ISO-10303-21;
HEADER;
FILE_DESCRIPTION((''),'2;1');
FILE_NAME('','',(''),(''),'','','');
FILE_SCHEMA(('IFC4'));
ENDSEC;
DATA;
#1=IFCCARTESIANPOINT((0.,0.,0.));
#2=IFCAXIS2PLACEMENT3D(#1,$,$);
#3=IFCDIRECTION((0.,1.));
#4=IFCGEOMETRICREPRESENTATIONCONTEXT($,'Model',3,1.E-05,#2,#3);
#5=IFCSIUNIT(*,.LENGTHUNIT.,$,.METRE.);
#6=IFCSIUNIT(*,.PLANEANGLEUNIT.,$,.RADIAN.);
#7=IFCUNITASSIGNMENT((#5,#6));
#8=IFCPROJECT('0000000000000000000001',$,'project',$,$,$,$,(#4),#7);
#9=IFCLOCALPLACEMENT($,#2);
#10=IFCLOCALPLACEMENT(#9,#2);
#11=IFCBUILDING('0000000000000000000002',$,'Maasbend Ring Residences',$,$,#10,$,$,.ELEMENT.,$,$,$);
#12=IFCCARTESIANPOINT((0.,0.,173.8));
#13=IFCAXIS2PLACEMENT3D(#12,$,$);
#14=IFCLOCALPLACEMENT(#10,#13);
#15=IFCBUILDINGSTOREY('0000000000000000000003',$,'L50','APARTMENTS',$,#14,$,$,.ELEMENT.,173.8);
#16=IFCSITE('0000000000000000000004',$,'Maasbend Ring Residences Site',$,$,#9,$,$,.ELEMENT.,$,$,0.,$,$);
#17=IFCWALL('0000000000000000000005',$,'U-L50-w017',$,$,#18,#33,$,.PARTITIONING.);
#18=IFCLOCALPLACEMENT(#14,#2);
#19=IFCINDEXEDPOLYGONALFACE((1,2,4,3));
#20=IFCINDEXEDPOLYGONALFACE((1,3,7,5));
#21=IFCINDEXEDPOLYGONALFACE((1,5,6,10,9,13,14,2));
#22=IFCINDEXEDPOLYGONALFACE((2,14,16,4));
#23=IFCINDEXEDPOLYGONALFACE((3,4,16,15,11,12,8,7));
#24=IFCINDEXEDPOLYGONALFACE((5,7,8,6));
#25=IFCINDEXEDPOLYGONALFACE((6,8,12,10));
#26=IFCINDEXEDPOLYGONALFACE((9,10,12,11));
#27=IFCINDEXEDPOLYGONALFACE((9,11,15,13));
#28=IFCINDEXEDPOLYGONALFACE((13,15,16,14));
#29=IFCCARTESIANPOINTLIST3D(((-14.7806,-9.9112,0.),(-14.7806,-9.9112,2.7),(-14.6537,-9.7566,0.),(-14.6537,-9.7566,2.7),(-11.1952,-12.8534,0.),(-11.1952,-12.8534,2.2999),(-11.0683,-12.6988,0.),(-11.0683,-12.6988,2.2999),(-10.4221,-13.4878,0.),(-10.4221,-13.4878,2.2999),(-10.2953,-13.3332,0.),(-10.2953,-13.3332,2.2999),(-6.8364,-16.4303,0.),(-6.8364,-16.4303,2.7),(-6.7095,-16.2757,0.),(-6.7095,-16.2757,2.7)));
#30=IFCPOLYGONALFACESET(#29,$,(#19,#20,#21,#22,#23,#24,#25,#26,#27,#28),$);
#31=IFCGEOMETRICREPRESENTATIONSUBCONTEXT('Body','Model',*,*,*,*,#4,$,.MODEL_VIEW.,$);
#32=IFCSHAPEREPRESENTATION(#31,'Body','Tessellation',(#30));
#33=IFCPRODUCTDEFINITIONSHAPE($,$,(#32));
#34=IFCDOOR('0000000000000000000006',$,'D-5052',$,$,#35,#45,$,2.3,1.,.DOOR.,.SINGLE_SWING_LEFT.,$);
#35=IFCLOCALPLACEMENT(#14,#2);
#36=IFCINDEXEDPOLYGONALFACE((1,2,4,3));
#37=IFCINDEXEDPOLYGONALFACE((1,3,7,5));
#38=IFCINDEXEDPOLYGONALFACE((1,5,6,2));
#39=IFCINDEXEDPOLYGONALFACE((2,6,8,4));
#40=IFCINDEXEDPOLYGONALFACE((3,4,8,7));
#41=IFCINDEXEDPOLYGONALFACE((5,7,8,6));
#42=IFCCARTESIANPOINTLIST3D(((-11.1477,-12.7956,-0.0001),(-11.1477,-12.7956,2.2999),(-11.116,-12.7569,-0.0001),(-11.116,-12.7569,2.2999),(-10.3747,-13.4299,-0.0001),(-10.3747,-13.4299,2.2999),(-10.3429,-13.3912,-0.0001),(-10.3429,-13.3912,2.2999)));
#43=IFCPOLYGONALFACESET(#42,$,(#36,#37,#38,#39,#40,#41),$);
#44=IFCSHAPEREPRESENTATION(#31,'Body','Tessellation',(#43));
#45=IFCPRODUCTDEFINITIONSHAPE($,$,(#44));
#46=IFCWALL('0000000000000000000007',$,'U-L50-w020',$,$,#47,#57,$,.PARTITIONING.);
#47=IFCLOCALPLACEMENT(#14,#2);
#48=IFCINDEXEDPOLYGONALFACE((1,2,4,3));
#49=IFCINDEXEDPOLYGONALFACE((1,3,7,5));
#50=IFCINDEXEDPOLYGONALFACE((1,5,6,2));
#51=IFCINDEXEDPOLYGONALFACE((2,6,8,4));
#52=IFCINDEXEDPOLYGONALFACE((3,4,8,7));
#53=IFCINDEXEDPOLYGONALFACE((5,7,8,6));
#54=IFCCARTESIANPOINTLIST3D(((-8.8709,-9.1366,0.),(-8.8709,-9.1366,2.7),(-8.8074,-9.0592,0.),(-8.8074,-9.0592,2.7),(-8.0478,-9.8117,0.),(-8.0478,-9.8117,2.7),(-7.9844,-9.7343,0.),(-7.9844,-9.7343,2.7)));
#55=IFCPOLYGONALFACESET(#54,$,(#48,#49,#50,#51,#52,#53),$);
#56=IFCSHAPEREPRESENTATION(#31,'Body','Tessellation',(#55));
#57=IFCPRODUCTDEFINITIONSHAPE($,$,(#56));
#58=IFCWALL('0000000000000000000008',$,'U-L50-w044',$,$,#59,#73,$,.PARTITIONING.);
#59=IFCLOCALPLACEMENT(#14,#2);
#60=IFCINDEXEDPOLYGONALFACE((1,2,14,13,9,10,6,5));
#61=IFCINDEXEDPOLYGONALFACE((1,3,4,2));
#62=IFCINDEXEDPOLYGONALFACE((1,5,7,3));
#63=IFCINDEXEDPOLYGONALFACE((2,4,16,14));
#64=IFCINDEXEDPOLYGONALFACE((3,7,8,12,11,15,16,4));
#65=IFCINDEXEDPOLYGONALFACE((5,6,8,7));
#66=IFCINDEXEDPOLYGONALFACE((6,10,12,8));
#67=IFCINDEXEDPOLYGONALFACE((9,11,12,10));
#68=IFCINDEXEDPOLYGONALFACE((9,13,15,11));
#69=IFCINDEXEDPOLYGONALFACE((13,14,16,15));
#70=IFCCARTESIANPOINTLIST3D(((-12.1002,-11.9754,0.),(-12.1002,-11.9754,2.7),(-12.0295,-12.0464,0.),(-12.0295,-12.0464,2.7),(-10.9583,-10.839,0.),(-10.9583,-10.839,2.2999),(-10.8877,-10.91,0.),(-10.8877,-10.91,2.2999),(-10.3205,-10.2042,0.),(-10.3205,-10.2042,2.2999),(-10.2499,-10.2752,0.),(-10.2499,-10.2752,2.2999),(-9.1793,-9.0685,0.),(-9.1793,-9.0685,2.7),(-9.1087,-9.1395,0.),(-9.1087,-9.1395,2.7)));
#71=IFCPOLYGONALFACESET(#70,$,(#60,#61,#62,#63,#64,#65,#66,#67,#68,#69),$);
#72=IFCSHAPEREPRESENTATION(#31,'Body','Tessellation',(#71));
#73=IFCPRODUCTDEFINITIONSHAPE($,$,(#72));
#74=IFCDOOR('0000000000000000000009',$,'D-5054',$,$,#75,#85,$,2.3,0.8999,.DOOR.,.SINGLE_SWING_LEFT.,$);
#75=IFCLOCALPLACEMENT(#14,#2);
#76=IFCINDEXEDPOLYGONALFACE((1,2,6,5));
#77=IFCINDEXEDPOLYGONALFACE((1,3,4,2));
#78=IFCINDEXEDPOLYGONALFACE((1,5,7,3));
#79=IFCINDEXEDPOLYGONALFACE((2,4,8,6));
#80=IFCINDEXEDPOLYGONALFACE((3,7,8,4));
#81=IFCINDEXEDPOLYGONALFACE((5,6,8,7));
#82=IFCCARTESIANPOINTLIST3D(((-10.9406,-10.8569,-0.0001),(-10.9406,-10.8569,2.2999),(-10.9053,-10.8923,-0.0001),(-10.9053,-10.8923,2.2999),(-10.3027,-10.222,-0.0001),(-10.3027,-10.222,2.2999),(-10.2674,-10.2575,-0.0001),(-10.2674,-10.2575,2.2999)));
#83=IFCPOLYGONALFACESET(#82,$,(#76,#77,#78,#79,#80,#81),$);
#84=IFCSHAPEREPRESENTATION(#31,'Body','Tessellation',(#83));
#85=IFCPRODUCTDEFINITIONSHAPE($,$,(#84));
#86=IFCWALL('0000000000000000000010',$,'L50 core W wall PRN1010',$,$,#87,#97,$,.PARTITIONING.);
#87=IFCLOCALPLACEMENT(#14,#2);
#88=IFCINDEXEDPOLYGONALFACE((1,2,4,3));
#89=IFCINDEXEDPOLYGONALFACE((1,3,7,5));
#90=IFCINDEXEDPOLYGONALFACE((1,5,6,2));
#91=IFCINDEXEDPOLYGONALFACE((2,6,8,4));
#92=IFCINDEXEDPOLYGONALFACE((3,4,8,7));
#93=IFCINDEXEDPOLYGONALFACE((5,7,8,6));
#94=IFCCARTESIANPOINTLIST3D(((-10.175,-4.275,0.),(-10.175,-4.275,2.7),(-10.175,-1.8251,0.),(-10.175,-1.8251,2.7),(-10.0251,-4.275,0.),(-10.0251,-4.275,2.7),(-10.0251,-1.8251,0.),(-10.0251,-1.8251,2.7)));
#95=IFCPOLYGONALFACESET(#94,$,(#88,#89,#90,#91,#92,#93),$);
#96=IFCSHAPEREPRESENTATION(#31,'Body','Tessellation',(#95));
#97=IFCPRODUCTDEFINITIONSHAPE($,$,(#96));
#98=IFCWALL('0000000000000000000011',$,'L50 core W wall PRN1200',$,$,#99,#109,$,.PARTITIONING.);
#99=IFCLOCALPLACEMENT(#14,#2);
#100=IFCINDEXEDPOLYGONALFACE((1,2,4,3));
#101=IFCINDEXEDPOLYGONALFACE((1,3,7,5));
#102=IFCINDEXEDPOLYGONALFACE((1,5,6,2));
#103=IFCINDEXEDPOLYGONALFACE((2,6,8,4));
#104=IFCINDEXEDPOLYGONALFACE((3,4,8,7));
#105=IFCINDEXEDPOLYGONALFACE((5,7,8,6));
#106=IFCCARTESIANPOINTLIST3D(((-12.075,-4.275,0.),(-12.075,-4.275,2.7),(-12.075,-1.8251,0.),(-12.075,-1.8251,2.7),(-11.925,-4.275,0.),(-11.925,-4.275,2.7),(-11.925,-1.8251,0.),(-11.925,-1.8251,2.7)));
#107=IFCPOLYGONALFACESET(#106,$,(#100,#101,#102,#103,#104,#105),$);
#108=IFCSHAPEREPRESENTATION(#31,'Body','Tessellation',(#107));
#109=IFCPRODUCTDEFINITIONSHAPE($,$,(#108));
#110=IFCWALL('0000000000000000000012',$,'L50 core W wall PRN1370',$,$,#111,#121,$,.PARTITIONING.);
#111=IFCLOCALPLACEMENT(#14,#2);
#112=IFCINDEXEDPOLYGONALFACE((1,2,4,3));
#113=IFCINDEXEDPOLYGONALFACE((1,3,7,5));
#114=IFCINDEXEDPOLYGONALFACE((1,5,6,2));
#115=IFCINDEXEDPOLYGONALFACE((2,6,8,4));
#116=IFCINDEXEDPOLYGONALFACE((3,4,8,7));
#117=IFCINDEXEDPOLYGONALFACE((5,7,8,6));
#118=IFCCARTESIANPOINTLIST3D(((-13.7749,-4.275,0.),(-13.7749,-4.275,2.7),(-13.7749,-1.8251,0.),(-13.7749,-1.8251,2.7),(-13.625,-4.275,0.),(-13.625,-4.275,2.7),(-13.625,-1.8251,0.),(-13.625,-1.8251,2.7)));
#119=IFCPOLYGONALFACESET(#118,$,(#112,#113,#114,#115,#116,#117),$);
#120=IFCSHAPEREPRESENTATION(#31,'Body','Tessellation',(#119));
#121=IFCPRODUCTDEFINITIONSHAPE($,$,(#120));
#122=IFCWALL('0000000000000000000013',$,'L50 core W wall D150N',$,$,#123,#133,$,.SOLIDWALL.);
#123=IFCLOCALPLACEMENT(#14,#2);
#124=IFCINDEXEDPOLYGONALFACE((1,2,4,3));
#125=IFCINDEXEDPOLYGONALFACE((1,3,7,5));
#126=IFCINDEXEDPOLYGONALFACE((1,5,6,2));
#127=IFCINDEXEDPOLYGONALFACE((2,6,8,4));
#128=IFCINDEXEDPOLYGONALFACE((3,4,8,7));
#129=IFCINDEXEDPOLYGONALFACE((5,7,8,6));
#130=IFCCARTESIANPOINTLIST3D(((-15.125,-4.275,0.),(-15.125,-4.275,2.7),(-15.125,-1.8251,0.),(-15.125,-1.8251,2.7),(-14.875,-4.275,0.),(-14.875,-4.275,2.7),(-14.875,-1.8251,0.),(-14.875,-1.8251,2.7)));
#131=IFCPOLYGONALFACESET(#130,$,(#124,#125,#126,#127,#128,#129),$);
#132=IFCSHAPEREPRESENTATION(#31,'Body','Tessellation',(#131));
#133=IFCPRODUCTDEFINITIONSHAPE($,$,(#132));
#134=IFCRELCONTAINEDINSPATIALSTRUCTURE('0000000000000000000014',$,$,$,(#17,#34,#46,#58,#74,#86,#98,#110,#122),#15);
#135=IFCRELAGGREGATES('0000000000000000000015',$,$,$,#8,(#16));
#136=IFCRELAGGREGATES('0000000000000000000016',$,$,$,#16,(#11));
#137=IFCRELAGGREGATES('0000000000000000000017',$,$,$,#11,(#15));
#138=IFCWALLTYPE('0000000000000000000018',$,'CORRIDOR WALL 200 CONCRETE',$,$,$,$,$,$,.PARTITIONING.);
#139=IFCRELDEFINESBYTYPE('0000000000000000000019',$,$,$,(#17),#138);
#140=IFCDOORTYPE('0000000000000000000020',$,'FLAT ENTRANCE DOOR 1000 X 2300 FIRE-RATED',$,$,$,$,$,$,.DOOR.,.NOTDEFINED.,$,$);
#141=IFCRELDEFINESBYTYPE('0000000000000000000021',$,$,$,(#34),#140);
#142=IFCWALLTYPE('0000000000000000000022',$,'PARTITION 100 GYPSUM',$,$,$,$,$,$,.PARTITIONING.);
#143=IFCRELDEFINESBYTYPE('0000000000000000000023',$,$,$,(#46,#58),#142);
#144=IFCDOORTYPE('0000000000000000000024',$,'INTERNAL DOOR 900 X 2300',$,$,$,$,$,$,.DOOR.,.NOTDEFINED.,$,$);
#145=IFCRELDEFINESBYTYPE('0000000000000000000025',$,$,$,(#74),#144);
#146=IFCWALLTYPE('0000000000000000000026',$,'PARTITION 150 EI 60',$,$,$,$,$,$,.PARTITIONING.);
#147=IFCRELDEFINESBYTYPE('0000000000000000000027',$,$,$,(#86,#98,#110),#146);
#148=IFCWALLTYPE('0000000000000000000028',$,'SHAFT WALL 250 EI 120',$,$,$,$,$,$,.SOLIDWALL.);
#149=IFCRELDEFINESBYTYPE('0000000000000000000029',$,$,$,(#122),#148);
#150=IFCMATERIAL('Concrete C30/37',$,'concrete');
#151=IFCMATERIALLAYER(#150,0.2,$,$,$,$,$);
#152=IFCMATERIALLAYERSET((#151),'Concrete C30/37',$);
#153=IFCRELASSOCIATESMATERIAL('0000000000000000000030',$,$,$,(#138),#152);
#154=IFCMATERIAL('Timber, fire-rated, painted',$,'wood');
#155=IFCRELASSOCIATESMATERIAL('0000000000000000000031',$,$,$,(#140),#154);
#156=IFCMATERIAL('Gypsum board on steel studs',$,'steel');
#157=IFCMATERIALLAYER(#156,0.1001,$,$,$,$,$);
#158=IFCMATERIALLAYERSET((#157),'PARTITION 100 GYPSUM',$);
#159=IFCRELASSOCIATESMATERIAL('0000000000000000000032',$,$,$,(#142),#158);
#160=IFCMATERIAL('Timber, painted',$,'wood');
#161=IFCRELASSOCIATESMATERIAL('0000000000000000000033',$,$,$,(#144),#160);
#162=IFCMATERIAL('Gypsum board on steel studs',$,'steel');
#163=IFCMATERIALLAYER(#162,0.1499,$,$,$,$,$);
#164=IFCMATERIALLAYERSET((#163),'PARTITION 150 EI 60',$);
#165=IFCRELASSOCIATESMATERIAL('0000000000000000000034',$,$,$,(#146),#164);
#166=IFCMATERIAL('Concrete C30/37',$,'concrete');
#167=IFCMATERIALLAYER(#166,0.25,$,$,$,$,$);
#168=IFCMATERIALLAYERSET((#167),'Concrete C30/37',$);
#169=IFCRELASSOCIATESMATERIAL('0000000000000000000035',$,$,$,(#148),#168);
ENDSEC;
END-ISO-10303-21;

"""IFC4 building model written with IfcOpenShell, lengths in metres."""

from ifc_helpers import new_model, si_unit, direction, frame, frame_2d, origin, place, context, subcontext, project, spatial, rectangle, extrude, material, layer, layer_set, type_object, element, fill, save


model = new_model("IFC4")

# Units and contexts
model_context = context("Model", 3, precision=1e-05, world=origin(), true_north=direction((0.0, 1.0)))
body_context = subcontext(model_context, "Body", "Model", "MODEL_VIEW")
ifc_project = project(units=[si_unit("LENGTHUNIT", "METRE"), si_unit("PLANEANGLEUNIT", "RADIAN")], contexts=[model_context])

# Site, building, storey
site_placement = place(None, origin())
site = spatial("IfcSite", under=ifc_project, at=site_placement, Name="Maasbend Ring Residences Site", CompositionType="ELEMENT", RefElevation=0.0)
building_placement = place(site_placement, origin())
building = spatial("IfcBuilding", under=site, at=building_placement, Name="Maasbend Ring Residences", CompositionType="ELEMENT")
storey_placement = place(building_placement, frame((0.0, 0.0, 173.8)))
storey = spatial("IfcBuildingStorey", under=building, at=storey_placement, Name="L50", Description="APARTMENTS", CompositionType="ELEMENT", Elevation=173.8)

# Wall, opening, door
ifc_material_1 = material(Name="Concrete C30/37", Category="concrete")
ifc_layer_1 = layer(ifc_material_1, 0.2)
ifc_layer_set_1 = layer_set([ifc_layer_1], Name="Concrete C30/37")
wall_type_1 = type_object("IfcWallType", Name="CORRIDOR WALL 200 CONCRETE", PredefinedType="PARTITIONING", material=ifc_layer_set_1)
wall_1_placement = place(storey_placement, frame((-14.717, -9.834, 0.0), z_axis=(0.0, 0.0, 1.0), x_axis=(0.773035, -0.634364, 0.0)))
wall_1 = element("IfcWall", 1, at=wall_1_placement, inside=storey, type_object=wall_type_1, Name="U-L50-w017", PredefinedType="PARTITIONING", context=body_context, shape_type="SweptSolid", body=[
    extrude(rectangle(XDim=10.2766, YDim=0.2, at=frame_2d((5.1382, 0.0))), origin(), (0.0, 0.0, 1.0), 2.7),
])
opening_1_placement = place(wall_1_placement, frame((4.6379, 0.0, 0.0)))
opening_1 = element("IfcOpeningElement", 2, at=opening_1_placement, cuts=wall_1, PredefinedType="OPENING", context=body_context, shape_type="SweptSolid", body=[
    extrude(rectangle(XDim=1.0, YDim=2.3, at=frame_2d((0.5, 1.1499))), frame((0.0, 0.1099, 0.0), z_axis=(0.0, -1.0, 0.0), x_axis=(1.0, 0.0, 0.0)), (0.0, 0.0, 1.0), 0.22),
])
ifc_material_2 = material(Name="Timber, fire-rated, painted", Category="wood")
door_type_1 = type_object("IfcDoorType", Name="FLAT ENTRANCE DOOR 1000 X 2300 FIRE-RATED", OperationType="NOTDEFINED", PredefinedType="DOOR", material=ifc_material_2)
door_1_placement = place(opening_1_placement, origin())
door_1 = element("IfcDoor", 3, at=door_1_placement, inside=storey, type_object=door_type_1, Name="D-5052", OperationType="SINGLE_SWING_LEFT", OverallHeight=2.3, OverallWidth=1.0, PredefinedType="DOOR", context=body_context, shape_type="SweptSolid", body=[
    extrude(rectangle(XDim=1.0, YDim=2.3, at=frame_2d((0.5, 1.1499))), frame((0.0, 0.0249, 0.0), z_axis=(0.0, -1.0, 0.0), x_axis=(1.0, 0.0, 0.0)), (0.0, 0.0, 1.0), 0.05),
])
fill(opening_1, door_1)

# Wall
ifc_material_3 = material(Name="Gypsum board on steel studs", Category="steel")
ifc_layer_2 = layer(ifc_material_3, 0.1001)
ifc_layer_set_2 = layer_set([ifc_layer_2], Name="PARTITION 100 GYPSUM")
wall_type_2 = type_object("IfcWallType", Name="PARTITION 100 GYPSUM", PredefinedType="PARTITIONING", material=ifc_layer_set_2)
wall_2_placement = place(storey_placement, frame((-8.8391, -9.0979, 0.0), z_axis=(0.0, 0.0, 1.0), x_axis=(0.77318, -0.634187, 0.0)))
element("IfcWall", 4, at=wall_2_placement, inside=storey, type_object=wall_type_2, Name="U-L50-w020", PredefinedType="PARTITIONING", context=body_context, shape_type="SweptSolid", body=[
    extrude(rectangle(XDim=1.0645, YDim=0.1001, at=frame_2d((0.5322, 0.0))), origin(), (0.0, 0.0, 1.0), 2.7),
])

# Wall, opening, door
wall_3_placement = place(storey_placement, frame((-12.0649, -12.011, 0.0), z_axis=(0.0, 0.0, 1.0), x_axis=(0.708793, 0.705416, 0.0)))
wall_3 = element("IfcWall", 5, at=wall_3_placement, inside=storey, type_object=wall_type_2, Name="U-L50-w044", PredefinedType="PARTITIONING", context=body_context, shape_type="SweptSolid", body=[
    extrude(rectangle(XDim=4.1208, YDim=0.1001, at=frame_2d((2.0605, 0.0))), origin(), (0.0, 0.0, 1.0), 2.7),
])
opening_2_placement = place(wall_3_placement, frame((1.6111, 0.0, 0.0)))
opening_2 = element("IfcOpeningElement", 6, at=opening_2_placement, cuts=wall_3, PredefinedType="OPENING", context=body_context, shape_type="SweptSolid", body=[
    extrude(rectangle(XDim=0.8999, YDim=2.3, at=frame_2d((0.45, 1.1499))), frame((0.0, 0.0601, 0.0), z_axis=(0.0, -1.0, 0.0), x_axis=(1.0, 0.0, 0.0)), (0.0, 0.0, 1.0), 0.1201),
])
ifc_material_4 = material(Name="Timber, painted", Category="wood")
door_type_2 = type_object("IfcDoorType", Name="INTERNAL DOOR 900 X 2300", OperationType="NOTDEFINED", PredefinedType="DOOR", material=ifc_material_4)
door_2_placement = place(opening_2_placement, origin())
door_2 = element("IfcDoor", 7, at=door_2_placement, inside=storey, type_object=door_type_2, Name="D-5054", OperationType="SINGLE_SWING_LEFT", OverallHeight=2.3, OverallWidth=0.8999, PredefinedType="DOOR", context=body_context, shape_type="SweptSolid", body=[
    extrude(rectangle(XDim=0.8999, YDim=2.3, at=frame_2d((0.45, 1.1499))), frame((0.0, 0.0249, 0.0), z_axis=(0.0, -1.0, 0.0), x_axis=(1.0, 0.0, 0.0)), (0.0, 0.0, 1.0), 0.05),
])
fill(opening_2, door_2)

# Walls
ifc_material_5 = material(Name="Gypsum board on steel studs", Category="steel")
ifc_layer_3 = layer(ifc_material_5, 0.1499)
ifc_layer_set_3 = layer_set([ifc_layer_3], Name="PARTITION 150 EI 60")
wall_type_3 = type_object("IfcWallType", Name="PARTITION 150 EI 60", PredefinedType="PARTITIONING", material=ifc_layer_set_3)
for number, where, z_axis, x_axis, name in (
    (8, (-10.1001, -1.825, 0.0), (0.0, 0.0, 1.0), (0.0, -1.0, 0.0), "L50 core W wall PRN1010"),
    (9, (-12.0, -1.825, 0.0), (0.0, 0.0, 1.0), (0.0, -1.0, 0.0), "L50 core W wall PRN1200"),
    (10, (-13.7, -1.825, 0.0), (0.0, 0.0, 1.0), (0.0, -1.0, 0.0), "L50 core W wall PRN1370"),
):
    element("IfcWall", number, at=place(storey_placement, frame(where, z_axis=z_axis, x_axis=x_axis)), inside=storey, type_object=wall_type_3, Name=name, PredefinedType="PARTITIONING", context=body_context, shape_type="SweptSolid", body=[
        extrude(rectangle(XDim=2.45, YDim=0.1499, at=frame_2d((1.2251, 0.0))), origin(), (0.0, 0.0, 1.0), 2.7),
    ])
ifc_material_6 = material(Name="Concrete C30/37", Category="concrete")
ifc_layer_4 = layer(ifc_material_6, 0.25)
ifc_layer_set_4 = layer_set([ifc_layer_4], Name="Concrete C30/37")
wall_type_4 = type_object("IfcWallType", Name="SHAFT WALL 250 EI 120", PredefinedType="SOLIDWALL", material=ifc_layer_set_4)
wall_4_placement = place(storey_placement, frame((-15.0, -1.825, 0.0), z_axis=(0.0, 0.0, 1.0), x_axis=(0.0, -1.0, 0.0)))
element("IfcWall", 11, at=wall_4_placement, inside=storey, type_object=wall_type_4, Name="L50 core W wall D150N", PredefinedType="SOLIDWALL", context=body_context, shape_type="SweptSolid", body=[
    extrude(rectangle(XDim=2.45, YDim=0.25, at=frame_2d((1.2251, 0.0))), origin(), (0.0, 0.0, 1.0), 2.7),
])

save(model, "model.ifc")
